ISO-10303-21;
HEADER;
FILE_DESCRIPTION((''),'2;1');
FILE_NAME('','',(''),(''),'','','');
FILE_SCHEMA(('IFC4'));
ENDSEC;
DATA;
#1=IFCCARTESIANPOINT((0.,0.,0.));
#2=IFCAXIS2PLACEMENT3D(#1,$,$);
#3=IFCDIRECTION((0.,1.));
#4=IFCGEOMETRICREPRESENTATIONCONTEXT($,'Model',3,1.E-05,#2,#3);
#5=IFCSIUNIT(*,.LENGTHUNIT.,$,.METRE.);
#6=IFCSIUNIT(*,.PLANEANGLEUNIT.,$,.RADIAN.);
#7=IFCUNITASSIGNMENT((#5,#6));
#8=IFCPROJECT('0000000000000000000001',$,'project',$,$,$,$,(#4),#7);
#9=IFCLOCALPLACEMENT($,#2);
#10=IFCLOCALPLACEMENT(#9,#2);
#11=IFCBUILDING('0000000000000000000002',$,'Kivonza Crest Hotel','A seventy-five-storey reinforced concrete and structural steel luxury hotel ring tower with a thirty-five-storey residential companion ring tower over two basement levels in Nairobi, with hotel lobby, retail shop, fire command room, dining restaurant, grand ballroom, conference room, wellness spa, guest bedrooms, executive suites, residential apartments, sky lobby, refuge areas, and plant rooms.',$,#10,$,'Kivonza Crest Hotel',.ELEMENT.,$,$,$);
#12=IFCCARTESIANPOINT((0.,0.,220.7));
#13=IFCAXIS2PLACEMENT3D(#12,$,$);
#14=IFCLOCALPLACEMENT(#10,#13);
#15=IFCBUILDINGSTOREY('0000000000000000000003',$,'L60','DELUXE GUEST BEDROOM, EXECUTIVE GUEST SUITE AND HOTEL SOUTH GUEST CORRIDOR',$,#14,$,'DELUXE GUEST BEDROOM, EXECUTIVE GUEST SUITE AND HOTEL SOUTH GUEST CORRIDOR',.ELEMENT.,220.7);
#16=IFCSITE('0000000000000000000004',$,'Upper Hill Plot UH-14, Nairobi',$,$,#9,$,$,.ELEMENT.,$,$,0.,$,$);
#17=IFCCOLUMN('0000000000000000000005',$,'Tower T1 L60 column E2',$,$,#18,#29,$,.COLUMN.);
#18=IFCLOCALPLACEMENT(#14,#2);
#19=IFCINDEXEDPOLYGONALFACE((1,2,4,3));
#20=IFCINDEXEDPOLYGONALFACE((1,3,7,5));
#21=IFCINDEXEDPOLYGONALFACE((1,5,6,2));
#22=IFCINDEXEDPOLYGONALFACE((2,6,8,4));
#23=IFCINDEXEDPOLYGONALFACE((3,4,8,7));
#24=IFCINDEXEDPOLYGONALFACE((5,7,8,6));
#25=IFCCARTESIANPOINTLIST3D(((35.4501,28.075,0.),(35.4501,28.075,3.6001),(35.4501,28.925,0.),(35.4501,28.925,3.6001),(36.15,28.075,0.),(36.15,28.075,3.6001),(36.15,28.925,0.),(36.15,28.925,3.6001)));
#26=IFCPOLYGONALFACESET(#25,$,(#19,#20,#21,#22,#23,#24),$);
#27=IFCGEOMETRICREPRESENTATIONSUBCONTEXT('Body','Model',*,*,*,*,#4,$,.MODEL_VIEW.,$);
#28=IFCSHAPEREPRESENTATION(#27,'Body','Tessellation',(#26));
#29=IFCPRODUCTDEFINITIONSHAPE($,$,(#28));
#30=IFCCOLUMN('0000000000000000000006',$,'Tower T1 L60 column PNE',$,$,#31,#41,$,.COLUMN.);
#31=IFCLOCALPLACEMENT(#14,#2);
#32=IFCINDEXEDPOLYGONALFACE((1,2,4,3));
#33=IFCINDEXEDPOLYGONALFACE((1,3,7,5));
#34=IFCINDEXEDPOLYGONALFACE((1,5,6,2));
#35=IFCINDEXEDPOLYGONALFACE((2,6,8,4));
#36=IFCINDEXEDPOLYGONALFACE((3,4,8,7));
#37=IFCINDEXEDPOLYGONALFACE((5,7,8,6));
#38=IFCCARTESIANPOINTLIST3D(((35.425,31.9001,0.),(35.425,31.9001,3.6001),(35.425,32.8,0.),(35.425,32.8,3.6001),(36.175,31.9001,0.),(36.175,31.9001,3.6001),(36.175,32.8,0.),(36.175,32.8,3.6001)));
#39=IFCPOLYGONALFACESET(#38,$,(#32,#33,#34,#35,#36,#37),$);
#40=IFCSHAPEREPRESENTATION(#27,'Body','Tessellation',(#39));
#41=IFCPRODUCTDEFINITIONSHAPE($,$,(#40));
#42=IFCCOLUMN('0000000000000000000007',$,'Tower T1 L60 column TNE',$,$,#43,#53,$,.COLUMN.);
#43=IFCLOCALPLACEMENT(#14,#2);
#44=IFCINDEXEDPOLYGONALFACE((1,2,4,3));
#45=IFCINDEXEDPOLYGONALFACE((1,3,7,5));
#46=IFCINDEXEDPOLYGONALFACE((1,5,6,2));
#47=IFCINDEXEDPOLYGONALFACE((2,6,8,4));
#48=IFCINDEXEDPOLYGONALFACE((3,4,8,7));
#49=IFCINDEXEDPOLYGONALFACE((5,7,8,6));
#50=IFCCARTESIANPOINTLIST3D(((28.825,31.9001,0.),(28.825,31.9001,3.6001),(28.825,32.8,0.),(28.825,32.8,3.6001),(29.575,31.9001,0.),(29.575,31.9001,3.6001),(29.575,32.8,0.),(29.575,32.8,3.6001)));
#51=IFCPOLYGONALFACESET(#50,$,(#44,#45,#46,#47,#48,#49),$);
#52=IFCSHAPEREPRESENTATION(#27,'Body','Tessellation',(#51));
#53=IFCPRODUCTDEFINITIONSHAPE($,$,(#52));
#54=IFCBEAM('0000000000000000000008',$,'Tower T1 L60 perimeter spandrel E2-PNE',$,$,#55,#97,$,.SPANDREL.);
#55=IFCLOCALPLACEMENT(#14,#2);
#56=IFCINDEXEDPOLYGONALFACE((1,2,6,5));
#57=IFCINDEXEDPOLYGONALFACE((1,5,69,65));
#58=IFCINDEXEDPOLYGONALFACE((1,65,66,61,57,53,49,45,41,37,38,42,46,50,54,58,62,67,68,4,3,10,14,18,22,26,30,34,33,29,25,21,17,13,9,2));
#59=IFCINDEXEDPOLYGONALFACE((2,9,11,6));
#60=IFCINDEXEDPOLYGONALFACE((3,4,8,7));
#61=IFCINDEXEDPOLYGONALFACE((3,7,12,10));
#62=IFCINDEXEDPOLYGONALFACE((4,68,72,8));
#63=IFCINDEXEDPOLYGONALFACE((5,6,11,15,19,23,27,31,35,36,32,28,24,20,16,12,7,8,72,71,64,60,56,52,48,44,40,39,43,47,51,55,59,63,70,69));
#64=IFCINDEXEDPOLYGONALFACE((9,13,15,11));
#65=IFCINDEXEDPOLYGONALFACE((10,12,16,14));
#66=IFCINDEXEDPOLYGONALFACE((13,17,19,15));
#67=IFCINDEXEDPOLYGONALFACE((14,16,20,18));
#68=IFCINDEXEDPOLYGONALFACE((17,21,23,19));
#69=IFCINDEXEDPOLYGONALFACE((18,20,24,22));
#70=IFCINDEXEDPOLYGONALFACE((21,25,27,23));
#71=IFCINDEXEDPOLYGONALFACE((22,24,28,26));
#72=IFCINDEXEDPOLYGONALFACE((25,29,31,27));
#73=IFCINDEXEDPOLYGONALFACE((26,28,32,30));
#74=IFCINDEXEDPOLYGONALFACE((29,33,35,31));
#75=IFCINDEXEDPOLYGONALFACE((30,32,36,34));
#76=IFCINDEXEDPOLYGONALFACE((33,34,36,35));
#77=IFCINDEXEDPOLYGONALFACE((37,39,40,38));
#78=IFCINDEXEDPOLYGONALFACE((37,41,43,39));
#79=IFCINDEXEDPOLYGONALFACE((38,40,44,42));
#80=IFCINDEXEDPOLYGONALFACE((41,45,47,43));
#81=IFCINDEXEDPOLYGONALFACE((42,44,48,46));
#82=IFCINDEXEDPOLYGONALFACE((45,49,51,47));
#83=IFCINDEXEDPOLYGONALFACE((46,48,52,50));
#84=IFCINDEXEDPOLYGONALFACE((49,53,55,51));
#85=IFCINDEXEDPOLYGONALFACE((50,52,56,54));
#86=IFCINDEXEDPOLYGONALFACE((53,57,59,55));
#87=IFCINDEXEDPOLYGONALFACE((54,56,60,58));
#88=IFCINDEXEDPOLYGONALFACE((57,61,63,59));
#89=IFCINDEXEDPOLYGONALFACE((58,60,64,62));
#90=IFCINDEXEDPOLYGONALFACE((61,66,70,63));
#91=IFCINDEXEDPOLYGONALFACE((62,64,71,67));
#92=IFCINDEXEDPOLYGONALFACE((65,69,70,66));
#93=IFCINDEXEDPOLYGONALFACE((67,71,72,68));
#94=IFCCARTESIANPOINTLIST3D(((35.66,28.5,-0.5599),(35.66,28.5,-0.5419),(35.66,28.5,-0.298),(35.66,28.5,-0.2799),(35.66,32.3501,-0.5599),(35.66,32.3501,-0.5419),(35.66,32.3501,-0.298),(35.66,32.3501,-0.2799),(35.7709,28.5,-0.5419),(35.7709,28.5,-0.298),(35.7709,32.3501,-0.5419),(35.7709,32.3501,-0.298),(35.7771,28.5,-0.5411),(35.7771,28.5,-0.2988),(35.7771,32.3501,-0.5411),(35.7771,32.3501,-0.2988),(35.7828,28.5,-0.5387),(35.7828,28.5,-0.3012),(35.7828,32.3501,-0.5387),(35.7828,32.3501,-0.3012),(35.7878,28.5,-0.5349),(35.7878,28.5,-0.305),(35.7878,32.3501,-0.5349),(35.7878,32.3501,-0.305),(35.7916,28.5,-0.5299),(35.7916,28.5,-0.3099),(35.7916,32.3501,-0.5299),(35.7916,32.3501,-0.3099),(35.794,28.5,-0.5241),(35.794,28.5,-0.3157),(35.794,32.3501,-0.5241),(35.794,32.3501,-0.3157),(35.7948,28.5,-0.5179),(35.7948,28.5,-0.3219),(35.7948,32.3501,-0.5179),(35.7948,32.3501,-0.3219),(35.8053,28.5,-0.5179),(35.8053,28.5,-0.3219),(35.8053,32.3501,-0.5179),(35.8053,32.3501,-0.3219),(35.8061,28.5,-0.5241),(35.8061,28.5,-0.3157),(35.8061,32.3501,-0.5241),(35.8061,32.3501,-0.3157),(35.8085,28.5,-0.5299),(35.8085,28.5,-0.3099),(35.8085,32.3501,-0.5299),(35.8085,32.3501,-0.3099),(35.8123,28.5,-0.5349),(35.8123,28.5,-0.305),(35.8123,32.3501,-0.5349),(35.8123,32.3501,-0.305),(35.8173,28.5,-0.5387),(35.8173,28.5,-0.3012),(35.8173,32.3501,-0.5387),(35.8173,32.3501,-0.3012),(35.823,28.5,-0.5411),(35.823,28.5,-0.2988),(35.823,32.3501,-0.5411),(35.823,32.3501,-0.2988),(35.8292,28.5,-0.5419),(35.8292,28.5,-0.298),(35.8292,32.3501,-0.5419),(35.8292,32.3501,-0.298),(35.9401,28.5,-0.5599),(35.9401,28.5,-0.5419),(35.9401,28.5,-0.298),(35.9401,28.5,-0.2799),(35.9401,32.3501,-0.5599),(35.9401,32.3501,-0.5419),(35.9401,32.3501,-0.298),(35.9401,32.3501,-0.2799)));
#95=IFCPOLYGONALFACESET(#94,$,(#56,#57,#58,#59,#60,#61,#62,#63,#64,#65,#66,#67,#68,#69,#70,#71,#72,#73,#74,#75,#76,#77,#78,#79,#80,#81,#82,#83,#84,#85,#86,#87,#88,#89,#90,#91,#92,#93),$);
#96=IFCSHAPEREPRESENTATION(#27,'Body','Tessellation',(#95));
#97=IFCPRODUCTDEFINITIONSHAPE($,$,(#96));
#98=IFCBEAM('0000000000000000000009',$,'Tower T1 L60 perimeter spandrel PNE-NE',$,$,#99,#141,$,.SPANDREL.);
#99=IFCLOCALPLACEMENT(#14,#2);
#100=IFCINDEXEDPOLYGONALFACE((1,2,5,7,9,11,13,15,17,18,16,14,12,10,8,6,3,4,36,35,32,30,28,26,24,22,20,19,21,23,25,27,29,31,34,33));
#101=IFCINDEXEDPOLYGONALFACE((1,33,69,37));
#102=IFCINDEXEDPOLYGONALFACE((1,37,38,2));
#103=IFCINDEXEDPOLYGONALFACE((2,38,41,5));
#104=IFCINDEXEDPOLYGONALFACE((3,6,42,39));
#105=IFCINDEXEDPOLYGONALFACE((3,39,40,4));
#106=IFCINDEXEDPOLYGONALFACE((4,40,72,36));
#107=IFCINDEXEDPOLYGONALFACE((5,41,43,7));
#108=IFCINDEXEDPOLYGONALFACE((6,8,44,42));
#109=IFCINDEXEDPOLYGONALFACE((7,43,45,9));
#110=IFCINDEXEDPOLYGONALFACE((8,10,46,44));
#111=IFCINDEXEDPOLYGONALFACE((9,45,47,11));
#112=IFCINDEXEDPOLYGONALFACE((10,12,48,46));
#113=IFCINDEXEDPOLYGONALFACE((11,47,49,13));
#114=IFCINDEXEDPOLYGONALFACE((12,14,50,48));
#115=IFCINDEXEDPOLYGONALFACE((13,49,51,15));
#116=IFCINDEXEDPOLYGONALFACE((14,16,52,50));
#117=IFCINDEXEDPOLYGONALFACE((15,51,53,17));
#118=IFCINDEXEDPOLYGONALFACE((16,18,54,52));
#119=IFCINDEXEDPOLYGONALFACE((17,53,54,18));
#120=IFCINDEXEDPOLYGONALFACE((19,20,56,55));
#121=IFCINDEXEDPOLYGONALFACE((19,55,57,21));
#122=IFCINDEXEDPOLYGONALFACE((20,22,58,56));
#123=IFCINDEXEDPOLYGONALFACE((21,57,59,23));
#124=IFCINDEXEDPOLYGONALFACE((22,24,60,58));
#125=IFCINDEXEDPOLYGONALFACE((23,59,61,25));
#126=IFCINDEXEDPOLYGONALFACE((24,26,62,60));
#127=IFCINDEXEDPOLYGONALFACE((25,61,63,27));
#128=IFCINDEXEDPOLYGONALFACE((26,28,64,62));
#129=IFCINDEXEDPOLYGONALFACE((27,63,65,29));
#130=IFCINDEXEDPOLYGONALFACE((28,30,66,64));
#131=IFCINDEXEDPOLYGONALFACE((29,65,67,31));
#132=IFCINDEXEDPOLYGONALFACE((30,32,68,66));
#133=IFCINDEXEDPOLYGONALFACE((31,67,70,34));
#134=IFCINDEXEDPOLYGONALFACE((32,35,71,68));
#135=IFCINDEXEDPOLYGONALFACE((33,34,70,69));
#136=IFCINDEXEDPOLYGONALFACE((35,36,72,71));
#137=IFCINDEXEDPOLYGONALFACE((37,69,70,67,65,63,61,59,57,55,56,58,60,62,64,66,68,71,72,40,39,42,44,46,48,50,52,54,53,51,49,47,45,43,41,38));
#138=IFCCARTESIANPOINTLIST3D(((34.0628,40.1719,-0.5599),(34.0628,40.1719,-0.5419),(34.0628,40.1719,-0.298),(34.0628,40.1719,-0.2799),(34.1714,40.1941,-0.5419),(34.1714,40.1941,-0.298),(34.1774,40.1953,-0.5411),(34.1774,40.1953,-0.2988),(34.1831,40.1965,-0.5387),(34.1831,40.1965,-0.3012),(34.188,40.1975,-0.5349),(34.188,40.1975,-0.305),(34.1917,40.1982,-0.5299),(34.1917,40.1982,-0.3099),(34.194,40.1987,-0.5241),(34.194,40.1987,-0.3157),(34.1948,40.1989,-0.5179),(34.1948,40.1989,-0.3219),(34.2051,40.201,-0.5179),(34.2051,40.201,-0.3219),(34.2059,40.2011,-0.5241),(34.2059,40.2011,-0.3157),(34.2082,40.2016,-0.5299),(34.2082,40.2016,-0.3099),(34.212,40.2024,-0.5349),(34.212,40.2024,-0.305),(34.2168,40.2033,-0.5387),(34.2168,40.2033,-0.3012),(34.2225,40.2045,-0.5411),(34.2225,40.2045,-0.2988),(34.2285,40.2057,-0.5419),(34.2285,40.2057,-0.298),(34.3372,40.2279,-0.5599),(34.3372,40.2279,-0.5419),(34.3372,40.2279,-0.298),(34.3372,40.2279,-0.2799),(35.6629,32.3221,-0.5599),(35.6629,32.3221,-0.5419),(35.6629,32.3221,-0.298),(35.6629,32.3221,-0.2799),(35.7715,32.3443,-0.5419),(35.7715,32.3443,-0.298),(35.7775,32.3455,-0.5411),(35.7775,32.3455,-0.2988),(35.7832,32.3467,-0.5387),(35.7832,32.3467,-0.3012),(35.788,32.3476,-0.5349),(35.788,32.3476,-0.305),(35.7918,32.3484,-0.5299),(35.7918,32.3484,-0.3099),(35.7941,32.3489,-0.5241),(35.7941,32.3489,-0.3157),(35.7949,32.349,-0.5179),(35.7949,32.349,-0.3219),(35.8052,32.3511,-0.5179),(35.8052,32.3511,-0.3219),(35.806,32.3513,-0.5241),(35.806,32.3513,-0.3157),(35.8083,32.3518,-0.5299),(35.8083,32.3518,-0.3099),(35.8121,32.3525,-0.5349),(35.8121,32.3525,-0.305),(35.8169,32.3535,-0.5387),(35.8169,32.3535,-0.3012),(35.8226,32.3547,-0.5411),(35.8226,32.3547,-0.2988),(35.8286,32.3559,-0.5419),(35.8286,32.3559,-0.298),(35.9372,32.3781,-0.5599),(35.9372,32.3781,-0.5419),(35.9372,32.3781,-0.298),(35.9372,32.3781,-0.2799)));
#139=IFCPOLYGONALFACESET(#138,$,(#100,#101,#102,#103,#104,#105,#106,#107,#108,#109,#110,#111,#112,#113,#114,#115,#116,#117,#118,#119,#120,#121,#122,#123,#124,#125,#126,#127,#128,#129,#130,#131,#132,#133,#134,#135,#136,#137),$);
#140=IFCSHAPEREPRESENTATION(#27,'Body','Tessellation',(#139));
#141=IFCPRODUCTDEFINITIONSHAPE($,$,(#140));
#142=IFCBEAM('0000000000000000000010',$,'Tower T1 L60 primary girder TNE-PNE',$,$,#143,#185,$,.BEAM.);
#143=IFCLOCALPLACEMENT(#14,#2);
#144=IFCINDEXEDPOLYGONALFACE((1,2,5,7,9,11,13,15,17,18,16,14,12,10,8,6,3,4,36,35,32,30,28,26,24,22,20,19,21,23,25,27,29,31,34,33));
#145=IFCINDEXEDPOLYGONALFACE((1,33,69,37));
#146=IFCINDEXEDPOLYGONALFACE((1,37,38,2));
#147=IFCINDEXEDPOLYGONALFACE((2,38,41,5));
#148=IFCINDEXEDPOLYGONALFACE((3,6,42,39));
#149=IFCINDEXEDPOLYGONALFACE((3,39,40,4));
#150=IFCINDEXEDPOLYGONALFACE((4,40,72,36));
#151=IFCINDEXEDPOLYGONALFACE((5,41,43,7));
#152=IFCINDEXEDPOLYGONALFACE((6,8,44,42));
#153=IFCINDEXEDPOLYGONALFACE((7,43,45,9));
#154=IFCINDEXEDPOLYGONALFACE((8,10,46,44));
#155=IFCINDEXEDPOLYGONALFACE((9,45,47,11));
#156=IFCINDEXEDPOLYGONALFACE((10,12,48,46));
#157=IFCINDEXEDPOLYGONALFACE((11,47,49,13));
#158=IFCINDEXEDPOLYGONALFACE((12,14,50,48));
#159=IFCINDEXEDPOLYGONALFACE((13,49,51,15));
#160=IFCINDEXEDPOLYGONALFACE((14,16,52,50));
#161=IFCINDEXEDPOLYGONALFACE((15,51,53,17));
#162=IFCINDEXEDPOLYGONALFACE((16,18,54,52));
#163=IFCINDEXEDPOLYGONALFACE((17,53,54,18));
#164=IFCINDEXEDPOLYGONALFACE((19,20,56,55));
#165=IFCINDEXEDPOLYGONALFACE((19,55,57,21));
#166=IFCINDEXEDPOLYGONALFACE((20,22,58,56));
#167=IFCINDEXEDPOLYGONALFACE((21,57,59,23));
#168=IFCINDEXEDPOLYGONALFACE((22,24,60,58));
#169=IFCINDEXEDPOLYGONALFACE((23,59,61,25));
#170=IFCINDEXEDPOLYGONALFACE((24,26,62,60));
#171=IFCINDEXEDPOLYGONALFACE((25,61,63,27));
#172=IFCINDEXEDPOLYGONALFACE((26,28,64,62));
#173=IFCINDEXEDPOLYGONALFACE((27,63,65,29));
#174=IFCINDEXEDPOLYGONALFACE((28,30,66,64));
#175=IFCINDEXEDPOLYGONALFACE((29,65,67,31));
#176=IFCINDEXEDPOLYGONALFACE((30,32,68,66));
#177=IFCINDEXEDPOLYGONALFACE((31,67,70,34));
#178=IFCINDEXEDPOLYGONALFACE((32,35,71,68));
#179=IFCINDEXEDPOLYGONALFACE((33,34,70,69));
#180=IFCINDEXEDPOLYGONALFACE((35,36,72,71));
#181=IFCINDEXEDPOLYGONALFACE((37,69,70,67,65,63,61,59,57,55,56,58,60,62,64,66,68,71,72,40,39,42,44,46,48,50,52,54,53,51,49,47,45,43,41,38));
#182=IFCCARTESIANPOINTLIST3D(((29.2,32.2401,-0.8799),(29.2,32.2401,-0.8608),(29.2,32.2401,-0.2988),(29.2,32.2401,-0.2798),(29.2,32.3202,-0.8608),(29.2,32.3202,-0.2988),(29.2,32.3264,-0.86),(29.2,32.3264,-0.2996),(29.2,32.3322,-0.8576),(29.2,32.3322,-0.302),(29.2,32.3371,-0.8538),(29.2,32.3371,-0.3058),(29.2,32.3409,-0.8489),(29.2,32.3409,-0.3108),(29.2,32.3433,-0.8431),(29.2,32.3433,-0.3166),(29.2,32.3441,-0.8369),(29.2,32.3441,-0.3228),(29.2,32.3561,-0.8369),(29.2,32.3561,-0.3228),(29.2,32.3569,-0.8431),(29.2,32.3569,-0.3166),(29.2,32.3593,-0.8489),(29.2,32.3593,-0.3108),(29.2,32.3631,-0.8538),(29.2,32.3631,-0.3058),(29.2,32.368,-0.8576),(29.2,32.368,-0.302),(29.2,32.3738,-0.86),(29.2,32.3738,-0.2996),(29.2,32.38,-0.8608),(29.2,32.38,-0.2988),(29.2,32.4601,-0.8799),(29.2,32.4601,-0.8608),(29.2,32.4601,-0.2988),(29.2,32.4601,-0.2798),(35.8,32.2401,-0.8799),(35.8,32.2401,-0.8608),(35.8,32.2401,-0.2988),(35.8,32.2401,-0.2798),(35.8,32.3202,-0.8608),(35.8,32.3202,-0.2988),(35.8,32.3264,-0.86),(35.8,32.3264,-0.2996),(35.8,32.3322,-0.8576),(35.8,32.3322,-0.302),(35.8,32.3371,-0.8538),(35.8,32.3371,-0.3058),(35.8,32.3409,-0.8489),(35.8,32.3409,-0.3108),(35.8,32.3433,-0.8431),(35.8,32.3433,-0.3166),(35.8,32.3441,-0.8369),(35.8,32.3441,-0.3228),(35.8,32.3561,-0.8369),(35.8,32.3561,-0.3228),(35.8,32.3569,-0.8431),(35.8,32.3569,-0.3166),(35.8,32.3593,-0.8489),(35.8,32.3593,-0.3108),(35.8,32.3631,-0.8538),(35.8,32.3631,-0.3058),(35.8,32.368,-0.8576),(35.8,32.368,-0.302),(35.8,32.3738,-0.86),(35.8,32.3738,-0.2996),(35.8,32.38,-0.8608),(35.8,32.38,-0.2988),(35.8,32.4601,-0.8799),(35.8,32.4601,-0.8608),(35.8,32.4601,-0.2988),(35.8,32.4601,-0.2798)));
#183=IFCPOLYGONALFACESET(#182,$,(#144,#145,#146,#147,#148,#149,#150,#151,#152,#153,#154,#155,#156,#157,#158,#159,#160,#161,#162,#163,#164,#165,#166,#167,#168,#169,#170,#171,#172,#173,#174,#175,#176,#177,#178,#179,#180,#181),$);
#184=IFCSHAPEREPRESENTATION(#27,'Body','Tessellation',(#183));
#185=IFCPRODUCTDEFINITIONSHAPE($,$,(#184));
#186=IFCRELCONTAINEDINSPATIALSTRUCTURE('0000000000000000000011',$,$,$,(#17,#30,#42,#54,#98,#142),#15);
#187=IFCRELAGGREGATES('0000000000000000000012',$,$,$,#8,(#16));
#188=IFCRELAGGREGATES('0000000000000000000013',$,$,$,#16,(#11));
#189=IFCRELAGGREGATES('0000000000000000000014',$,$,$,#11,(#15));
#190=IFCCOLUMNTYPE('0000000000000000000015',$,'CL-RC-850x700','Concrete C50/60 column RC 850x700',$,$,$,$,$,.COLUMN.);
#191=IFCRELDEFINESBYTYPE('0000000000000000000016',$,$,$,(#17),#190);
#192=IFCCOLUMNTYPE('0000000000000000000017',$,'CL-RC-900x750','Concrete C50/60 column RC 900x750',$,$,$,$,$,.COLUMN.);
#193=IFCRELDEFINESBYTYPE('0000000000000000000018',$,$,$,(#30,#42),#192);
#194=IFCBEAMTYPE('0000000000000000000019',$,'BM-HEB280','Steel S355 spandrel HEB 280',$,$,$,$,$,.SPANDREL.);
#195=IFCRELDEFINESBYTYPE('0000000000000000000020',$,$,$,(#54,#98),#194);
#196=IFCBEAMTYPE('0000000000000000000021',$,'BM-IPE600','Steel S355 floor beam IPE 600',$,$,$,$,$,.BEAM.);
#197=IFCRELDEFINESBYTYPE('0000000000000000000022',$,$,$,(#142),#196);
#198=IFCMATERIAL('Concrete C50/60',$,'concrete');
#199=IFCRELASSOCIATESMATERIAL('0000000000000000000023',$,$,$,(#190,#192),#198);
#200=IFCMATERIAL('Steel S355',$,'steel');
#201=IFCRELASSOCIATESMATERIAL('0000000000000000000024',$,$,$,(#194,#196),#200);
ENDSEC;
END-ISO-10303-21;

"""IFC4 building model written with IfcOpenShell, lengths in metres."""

from ifc_helpers import new_model, si_unit, direction, frame, origin, origin_2d, place, context, subcontext, project, spatial, rectangle, i_section, extrude, material, material_profile, profile_set, type_object, element, save


model = new_model("IFC4")

# Units and contexts
model_context = context("Model", 3, precision=1e-05, world=origin(), true_north=direction((0.0, 1.0)))
body_context = subcontext(model_context, "Body", "Model", "MODEL_VIEW")
ifc_project = project(units=[si_unit("LENGTHUNIT", "METRE"), si_unit("PLANEANGLEUNIT", "RADIAN")], contexts=[model_context])

# Site, building, storey
site_placement = place(None, origin())
site = spatial("IfcSite", under=ifc_project, at=site_placement, Name="Upper Hill Plot UH-14, Nairobi", CompositionType="ELEMENT", RefElevation=0.0)
building_placement = place(site_placement, origin())
building = spatial("IfcBuilding", under=site, at=building_placement, Name="Kivonza Crest Hotel", Description="A seventy-five-storey reinforced concrete and structural steel luxury hotel ring tower with a thirty-five-storey residential companion ring tower over two basement levels in Nairobi, with hotel lobby, retail shop, fire command room, dining restaurant, grand ballroom, conference room, wellness spa, guest bedrooms, executive suites, residential apartments, sky lobby, refuge areas, and plant rooms.", LongName="Kivonza Crest Hotel", CompositionType="ELEMENT")
storey_placement = place(building_placement, frame((0.0, 0.0, 220.7)))
storey = spatial("IfcBuildingStorey", under=building, at=storey_placement, Name="L60", Description="DELUXE GUEST BEDROOM, EXECUTIVE GUEST SUITE AND HOTEL SOUTH GUEST CORRIDOR", LongName="DELUXE GUEST BEDROOM, EXECUTIVE GUEST SUITE AND HOTEL SOUTH GUEST CORRIDOR", CompositionType="ELEMENT", Elevation=220.7)

# Columns
ifc_material_1 = material(Name="Concrete C50/60", Category="concrete")
ifc_material_profile_1 = material_profile(ifc_material_1, rectangle(XDim=0.7, YDim=0.8501, at=origin_2d()), Name="RC 850x700")
ifc_profile_set_1 = profile_set([ifc_material_profile_1], Name="Concrete C50/60")
column_type_1 = type_object("IfcColumnType", Name="CL-RC-850x700", Description="Concrete C50/60 column RC 850x700", PredefinedType="COLUMN", material=ifc_profile_set_1)
column_placement = place(storey_placement, frame((35.8, 28.5, 0.0), z_axis=(0.0, 0.0, 1.0), x_axis=(1.0, 0.0, 0.0)))
element("IfcColumn", 1, at=column_placement, inside=storey, type_object=column_type_1, Name="Tower T1 L60 column E2", PredefinedType="COLUMN", context=body_context, shape_type="SweptSolid", body=[
    extrude(rectangle(XDim=0.7, YDim=0.8501, at=origin_2d()), origin(), (0.0, 0.0, 1.0), 3.6001),
])
ifc_material_profile_2 = material_profile(ifc_material_1, rectangle(XDim=0.75, YDim=0.8999, at=origin_2d()), Name="RC 900x750")
ifc_profile_set_2 = profile_set([ifc_material_profile_2], Name="Concrete C50/60")
column_type_2 = type_object("IfcColumnType", Name="CL-RC-900x750", Description="Concrete C50/60 column RC 900x750", PredefinedType="COLUMN", material=ifc_profile_set_2)
for number, where, z_axis, x_axis, name in (
    (2, (35.8, 32.3501, 0.0), (0.0, 0.0, 1.0), (1.0, 0.0, 0.0), "Tower T1 L60 column PNE"),
    (3, (29.2, 32.3501, 0.0), (0.0, 0.0, 1.0), (1.0, 0.0, 0.0), "Tower T1 L60 column TNE"),
):
    element("IfcColumn", number, at=place(storey_placement, frame(where, z_axis=z_axis, x_axis=x_axis)), inside=storey, type_object=column_type_2, Name=name, PredefinedType="COLUMN", context=body_context, shape_type="SweptSolid", body=[
        extrude(rectangle(XDim=0.75, YDim=0.8999, at=origin_2d()), origin(), (0.0, 0.0, 1.0), 3.6001),
    ])

# Beams
ifc_material_2 = material(Name="Steel S355", Category="steel")
ifc_material_profile_3 = material_profile(ifc_material_2, i_section(OverallWidth=0.28, OverallDepth=0.28, WebThickness=0.0105, FlangeThickness=0.0181, FilletRadius=0.0239, at=origin_2d()), Name="HEB 280")
ifc_profile_set_3 = profile_set([ifc_material_profile_3], Name="Steel S355")
beam_type_1 = type_object("IfcBeamType", Name="BM-HEB280", Description="Steel S355 spandrel HEB 280", PredefinedType="SPANDREL", material=ifc_profile_set_3)
beam_1_placement = place(storey_placement, frame((35.8, 28.5, -0.4199), z_axis=(0.0, 1.0, 0.0), x_axis=(-1.0, 0.0, 0.0)))
element("IfcBeam", 4, at=beam_1_placement, inside=storey, type_object=beam_type_1, Name="Tower T1 L60 perimeter spandrel E2-PNE", PredefinedType="SPANDREL", context=body_context, shape_type="SweptSolid", body=[
    extrude(i_section(OverallWidth=0.28, OverallDepth=0.28, WebThickness=0.0105, FlangeThickness=0.0181, FilletRadius=0.0239, at=origin_2d()), origin(), (0.0, 0.0, 1.0), 3.8501),
])
beam_2_placement = place(storey_placement, frame((35.8, 32.3501, -0.4199), z_axis=(-0.199731, 0.979851, 0.0), x_axis=(-0.979851, -0.199731, 0.0)))
element("IfcBeam", 5, at=beam_2_placement, inside=storey, type_object=beam_type_1, Name="Tower T1 L60 perimeter spandrel PNE-NE", PredefinedType="SPANDREL", context=body_context, shape_type="SweptSolid", body=[
    extrude(i_section(OverallWidth=0.28, OverallDepth=0.28, WebThickness=0.0105, FlangeThickness=0.0181, FilletRadius=0.0239, at=origin_2d()), origin(), (0.0, 0.0, 1.0), 8.0112),
])
ifc_material_profile_4 = material_profile(ifc_material_2, i_section(OverallWidth=0.22, OverallDepth=0.6001, WebThickness=0.012, FlangeThickness=0.019, FilletRadius=0.0239, at=origin_2d()), Name="IPE 600")
ifc_profile_set_4 = profile_set([ifc_material_profile_4], Name="Steel S355")
beam_type_2 = type_object("IfcBeamType", Name="BM-IPE600", Description="Steel S355 floor beam IPE 600", PredefinedType="BEAM", material=ifc_profile_set_4)
beam_3_placement = place(storey_placement, frame((29.2, 32.3501, -0.5798), z_axis=(1.0, 0.0, 0.0), x_axis=(0.0, 1.0, 0.0)))
element("IfcBeam", 6, at=beam_3_placement, inside=storey, type_object=beam_type_2, Name="Tower T1 L60 primary girder TNE-PNE", PredefinedType="BEAM", context=body_context, shape_type="SweptSolid", body=[
    extrude(i_section(OverallWidth=0.22, OverallDepth=0.6001, WebThickness=0.012, FlangeThickness=0.019, FilletRadius=0.0239, at=origin_2d()), origin(), (0.0, 0.0, 1.0), 6.6001),
])

save(model, "model.ifc")
